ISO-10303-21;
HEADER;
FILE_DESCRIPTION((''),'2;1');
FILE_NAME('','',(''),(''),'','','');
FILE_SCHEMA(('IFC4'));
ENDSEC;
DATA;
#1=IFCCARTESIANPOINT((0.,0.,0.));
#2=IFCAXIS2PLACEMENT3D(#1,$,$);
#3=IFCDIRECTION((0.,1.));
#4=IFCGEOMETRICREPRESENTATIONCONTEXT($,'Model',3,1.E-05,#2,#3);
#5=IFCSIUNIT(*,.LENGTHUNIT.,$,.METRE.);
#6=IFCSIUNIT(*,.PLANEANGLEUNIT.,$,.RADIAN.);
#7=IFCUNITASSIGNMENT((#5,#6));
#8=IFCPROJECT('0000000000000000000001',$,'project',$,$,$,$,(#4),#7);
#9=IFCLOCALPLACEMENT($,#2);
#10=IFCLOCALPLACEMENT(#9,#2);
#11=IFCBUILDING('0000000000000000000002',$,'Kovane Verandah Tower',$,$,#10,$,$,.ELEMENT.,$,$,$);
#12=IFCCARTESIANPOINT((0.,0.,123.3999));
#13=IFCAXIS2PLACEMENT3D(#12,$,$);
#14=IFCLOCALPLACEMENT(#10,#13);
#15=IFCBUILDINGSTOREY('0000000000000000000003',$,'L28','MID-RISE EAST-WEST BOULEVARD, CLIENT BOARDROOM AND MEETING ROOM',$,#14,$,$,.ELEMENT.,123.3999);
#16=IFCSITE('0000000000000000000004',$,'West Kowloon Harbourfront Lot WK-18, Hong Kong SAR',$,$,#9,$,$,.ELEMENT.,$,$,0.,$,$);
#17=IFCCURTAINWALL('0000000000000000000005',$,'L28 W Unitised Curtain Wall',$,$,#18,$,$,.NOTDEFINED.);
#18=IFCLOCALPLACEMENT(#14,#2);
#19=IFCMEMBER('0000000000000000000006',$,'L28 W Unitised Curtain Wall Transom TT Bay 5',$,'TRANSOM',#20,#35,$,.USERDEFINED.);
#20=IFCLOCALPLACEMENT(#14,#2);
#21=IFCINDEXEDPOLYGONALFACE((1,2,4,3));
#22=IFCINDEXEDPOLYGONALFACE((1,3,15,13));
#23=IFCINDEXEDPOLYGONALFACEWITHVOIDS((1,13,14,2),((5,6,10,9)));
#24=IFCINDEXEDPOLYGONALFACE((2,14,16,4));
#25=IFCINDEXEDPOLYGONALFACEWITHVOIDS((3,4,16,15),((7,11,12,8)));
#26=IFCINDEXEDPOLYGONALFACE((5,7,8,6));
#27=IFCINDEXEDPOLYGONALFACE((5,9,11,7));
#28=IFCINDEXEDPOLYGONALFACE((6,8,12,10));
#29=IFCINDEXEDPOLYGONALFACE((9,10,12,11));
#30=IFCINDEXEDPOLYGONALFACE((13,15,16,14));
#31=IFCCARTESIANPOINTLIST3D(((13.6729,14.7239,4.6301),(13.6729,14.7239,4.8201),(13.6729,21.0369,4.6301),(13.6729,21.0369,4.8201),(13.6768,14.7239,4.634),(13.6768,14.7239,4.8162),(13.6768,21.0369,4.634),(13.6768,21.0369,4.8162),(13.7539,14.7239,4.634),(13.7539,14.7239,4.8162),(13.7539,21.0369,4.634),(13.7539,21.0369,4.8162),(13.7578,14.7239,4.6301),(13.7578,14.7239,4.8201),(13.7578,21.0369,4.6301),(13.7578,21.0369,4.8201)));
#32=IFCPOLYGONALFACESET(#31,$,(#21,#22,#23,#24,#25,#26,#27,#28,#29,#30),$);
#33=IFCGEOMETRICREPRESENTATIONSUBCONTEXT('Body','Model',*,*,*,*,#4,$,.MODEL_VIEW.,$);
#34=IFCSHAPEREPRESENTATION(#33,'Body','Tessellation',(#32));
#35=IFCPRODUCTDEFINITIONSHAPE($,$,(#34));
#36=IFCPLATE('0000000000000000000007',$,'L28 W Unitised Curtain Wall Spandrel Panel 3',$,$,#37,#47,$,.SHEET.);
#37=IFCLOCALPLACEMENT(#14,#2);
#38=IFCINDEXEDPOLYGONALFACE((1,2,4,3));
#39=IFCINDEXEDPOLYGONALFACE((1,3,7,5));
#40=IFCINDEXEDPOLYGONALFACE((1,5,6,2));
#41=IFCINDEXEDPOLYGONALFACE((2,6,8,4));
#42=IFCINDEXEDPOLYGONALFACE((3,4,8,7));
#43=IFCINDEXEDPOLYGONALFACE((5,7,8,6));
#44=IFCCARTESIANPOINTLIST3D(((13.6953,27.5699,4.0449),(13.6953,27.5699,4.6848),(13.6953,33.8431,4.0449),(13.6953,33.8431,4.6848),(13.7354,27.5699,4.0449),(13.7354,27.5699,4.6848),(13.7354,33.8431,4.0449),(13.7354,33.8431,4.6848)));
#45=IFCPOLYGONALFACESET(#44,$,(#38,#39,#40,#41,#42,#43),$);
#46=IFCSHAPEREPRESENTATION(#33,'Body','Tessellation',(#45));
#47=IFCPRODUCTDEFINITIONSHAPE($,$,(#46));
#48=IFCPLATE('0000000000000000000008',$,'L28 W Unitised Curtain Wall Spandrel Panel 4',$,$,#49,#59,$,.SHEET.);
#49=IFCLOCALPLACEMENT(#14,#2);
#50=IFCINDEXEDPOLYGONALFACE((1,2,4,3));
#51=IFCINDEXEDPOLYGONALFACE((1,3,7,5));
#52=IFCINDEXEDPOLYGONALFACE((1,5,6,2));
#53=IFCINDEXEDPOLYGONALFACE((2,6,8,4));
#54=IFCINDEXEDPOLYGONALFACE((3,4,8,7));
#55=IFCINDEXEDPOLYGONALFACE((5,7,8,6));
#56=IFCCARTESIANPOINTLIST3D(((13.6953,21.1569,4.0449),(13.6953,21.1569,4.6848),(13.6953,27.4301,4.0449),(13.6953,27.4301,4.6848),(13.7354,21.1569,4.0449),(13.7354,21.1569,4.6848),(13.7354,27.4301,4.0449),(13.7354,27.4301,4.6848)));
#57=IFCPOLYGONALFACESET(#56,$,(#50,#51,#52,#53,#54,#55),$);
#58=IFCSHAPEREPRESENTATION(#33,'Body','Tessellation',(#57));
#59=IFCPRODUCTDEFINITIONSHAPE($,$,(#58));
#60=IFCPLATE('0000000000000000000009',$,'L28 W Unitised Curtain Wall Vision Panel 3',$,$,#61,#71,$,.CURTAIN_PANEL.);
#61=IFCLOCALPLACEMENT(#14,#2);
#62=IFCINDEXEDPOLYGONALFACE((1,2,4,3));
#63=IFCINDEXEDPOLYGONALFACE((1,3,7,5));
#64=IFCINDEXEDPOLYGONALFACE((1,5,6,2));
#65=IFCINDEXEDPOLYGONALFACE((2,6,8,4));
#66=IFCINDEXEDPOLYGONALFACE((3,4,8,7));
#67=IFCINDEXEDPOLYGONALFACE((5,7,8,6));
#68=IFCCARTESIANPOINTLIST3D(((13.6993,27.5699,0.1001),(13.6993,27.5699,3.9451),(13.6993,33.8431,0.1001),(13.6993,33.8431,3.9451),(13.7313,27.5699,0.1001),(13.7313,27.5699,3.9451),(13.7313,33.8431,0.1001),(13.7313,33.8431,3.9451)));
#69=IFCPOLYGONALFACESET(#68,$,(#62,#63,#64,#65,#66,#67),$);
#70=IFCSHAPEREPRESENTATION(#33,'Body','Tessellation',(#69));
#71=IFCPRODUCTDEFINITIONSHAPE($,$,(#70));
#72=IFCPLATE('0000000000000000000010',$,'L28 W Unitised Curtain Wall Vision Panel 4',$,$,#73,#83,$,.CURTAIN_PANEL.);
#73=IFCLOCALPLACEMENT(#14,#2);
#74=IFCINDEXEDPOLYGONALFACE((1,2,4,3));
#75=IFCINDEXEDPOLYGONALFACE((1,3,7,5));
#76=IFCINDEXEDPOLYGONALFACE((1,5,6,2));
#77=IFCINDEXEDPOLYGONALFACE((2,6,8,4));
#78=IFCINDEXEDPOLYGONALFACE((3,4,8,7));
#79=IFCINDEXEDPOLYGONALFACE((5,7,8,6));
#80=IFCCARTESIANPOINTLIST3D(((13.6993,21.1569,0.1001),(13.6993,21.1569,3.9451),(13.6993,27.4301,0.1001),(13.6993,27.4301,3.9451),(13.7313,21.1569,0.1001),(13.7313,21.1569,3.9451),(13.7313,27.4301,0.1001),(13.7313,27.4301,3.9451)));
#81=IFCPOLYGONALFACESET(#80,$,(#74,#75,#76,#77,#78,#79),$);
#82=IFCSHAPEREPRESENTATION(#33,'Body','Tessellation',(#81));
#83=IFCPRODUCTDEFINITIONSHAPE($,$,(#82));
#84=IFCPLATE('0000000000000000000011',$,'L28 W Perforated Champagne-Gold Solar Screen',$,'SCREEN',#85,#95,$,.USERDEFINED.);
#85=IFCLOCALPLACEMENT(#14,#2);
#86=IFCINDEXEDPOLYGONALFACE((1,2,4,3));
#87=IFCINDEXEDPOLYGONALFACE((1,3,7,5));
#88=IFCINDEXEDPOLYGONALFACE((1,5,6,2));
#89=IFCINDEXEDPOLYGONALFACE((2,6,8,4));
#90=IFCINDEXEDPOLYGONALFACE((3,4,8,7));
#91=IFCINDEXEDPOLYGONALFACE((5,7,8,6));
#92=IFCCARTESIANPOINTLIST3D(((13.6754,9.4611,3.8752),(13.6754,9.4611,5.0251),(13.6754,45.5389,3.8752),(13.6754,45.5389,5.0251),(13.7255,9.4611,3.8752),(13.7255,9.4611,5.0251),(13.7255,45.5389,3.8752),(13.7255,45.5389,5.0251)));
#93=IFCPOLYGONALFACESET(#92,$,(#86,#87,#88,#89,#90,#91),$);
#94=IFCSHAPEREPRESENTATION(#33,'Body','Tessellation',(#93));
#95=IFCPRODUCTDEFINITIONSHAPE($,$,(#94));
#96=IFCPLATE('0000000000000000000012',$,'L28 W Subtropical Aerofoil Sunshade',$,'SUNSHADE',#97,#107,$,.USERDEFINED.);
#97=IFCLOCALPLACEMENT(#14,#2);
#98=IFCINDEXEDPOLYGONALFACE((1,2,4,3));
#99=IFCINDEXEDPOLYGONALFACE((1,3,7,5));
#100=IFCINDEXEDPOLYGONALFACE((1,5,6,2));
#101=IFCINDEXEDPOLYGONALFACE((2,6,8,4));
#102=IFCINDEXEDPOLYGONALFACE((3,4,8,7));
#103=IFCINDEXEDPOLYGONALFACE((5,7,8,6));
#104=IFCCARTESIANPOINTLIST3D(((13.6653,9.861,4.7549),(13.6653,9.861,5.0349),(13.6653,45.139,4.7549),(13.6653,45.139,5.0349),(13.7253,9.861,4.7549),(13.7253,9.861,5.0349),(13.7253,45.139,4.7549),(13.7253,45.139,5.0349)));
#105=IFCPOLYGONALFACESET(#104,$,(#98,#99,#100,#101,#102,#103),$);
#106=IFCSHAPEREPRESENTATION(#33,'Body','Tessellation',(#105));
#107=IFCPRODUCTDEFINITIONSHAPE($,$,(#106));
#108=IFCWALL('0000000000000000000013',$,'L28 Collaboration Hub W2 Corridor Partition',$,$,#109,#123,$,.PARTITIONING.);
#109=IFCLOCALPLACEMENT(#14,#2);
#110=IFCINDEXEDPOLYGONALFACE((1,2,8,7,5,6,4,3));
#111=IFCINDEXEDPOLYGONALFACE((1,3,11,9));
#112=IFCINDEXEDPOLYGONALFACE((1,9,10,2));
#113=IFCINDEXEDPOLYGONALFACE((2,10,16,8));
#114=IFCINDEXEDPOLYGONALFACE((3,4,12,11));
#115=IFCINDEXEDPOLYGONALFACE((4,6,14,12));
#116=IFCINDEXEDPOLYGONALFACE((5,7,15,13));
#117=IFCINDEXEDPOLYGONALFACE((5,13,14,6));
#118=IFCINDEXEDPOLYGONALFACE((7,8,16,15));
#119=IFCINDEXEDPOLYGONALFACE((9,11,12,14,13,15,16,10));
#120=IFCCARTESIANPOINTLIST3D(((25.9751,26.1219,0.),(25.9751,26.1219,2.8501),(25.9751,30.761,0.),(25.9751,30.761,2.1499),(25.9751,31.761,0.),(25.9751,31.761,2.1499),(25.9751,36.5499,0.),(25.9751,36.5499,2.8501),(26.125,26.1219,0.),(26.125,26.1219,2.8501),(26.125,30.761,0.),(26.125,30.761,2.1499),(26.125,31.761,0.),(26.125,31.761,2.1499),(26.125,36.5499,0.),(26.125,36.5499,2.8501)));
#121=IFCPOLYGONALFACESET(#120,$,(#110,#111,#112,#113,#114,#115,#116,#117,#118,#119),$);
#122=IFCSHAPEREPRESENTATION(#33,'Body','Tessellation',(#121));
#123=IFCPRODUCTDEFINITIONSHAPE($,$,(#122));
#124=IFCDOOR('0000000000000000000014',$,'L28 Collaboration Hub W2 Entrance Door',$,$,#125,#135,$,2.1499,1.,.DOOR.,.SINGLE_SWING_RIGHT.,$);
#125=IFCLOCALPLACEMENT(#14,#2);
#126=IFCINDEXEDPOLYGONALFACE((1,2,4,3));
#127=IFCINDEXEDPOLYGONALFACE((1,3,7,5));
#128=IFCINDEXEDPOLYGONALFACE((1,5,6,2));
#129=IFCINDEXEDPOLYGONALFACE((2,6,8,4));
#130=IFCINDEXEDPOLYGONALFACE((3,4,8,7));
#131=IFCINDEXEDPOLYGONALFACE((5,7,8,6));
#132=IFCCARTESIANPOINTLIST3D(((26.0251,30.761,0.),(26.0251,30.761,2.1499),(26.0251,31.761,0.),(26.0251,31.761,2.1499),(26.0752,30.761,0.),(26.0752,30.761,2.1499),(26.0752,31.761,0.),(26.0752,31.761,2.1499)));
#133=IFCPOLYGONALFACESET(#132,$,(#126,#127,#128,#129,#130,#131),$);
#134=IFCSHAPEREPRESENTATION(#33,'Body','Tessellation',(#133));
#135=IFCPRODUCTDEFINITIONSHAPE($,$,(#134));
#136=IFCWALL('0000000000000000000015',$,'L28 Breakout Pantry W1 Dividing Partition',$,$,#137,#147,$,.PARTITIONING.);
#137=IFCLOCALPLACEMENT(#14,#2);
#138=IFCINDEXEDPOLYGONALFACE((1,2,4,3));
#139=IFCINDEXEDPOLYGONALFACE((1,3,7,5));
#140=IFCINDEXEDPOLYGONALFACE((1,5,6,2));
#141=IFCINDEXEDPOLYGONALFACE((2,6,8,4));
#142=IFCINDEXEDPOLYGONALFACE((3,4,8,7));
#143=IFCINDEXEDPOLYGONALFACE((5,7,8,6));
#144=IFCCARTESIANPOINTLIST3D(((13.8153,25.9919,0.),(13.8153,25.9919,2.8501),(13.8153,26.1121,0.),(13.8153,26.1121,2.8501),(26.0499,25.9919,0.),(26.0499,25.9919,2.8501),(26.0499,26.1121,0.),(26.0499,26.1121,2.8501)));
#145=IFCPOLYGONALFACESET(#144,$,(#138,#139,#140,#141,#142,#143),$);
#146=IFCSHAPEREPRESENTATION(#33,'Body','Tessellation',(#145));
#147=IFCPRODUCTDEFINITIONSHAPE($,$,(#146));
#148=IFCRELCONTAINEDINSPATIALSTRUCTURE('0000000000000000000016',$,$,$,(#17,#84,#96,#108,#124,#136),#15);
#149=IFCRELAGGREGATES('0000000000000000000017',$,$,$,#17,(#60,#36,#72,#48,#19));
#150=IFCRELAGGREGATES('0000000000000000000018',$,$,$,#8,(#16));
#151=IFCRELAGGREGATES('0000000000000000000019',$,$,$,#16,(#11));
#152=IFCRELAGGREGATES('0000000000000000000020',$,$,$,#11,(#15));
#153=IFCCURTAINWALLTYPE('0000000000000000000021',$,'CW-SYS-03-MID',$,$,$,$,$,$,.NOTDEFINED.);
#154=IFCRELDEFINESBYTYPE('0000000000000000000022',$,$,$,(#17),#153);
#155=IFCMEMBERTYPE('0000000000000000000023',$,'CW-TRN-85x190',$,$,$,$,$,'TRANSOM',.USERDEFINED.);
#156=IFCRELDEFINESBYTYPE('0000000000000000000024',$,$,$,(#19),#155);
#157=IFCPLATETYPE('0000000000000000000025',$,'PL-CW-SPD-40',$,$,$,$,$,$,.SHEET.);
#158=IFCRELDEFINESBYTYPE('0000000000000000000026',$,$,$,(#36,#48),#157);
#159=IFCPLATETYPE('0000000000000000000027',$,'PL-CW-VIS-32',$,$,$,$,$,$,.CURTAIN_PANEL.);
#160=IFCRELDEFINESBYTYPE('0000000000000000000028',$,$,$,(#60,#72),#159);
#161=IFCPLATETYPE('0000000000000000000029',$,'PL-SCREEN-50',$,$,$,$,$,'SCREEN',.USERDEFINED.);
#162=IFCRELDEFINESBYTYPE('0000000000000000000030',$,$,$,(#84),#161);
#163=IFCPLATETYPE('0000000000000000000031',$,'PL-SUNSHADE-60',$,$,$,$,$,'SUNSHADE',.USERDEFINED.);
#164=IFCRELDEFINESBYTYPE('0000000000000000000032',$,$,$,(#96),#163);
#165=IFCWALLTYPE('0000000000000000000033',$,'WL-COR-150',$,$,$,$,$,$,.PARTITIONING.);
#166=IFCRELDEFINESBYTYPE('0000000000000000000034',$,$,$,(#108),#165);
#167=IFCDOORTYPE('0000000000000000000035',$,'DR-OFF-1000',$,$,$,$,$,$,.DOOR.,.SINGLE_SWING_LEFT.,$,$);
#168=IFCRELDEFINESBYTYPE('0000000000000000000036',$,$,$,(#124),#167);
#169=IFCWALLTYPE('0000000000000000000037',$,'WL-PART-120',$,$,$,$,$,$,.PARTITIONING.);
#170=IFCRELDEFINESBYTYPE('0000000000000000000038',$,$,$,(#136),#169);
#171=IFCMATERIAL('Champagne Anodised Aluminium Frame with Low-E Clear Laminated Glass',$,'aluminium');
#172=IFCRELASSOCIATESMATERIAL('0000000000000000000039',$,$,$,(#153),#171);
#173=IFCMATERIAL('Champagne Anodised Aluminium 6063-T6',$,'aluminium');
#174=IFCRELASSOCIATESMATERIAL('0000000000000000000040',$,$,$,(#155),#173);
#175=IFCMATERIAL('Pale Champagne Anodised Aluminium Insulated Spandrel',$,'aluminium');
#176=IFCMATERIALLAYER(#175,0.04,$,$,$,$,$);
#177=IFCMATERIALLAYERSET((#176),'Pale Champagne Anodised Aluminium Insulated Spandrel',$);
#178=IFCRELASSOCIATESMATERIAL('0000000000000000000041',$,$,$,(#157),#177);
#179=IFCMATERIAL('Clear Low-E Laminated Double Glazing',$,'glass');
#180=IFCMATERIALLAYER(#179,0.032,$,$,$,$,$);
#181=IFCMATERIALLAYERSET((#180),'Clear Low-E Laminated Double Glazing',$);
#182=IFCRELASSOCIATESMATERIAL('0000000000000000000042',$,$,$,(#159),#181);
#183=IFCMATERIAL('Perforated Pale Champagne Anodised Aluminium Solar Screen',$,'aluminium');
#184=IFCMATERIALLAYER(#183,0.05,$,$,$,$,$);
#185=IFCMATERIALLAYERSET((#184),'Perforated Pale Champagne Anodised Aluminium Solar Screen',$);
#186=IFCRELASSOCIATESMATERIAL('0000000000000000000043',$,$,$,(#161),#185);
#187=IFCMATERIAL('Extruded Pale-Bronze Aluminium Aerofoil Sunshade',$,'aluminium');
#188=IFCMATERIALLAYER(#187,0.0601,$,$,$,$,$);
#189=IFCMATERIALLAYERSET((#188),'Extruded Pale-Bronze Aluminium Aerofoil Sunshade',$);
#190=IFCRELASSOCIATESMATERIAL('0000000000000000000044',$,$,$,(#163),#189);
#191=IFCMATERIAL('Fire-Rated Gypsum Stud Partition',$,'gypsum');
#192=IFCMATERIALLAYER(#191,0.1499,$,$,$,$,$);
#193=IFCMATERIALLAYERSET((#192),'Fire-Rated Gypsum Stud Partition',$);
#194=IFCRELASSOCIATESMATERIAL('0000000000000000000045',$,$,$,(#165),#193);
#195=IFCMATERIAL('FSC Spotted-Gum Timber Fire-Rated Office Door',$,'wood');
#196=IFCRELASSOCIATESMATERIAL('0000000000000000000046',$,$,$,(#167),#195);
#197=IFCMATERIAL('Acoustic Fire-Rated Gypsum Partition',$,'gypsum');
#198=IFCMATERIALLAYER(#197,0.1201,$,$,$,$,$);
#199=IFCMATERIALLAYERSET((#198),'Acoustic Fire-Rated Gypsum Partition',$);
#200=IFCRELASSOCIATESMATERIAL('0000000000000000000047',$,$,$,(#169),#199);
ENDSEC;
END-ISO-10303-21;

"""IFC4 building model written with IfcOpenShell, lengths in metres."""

from ifc_helpers import new_model, si_unit, direction, frame, frame_2d, origin, origin_2d, place, context, subcontext, project, spatial, rectangle, hollow_rectangle, extrude, material, layer, layer_set, material_profile, profile_set, type_object, element, fill, aggregate, save


model = new_model("IFC4")

# Units and contexts
model_context = context("Model", 3, precision=1e-05, world=origin(), true_north=direction((0.0, 1.0)))
body_context = subcontext(model_context, "Body", "Model", "MODEL_VIEW")
ifc_project = project(units=[si_unit("LENGTHUNIT", "METRE"), si_unit("PLANEANGLEUNIT", "RADIAN")], contexts=[model_context])

# Site, building, storey
site_placement = place(None, origin())
site = spatial("IfcSite", under=ifc_project, at=site_placement, Name="West Kowloon Harbourfront Lot WK-18, Hong Kong SAR", CompositionType="ELEMENT", RefElevation=0.0)
building_placement = place(site_placement, origin())
building = spatial("IfcBuilding", under=site, at=building_placement, Name="Kovane Verandah Tower", CompositionType="ELEMENT")
storey_placement = place(building_placement, frame((0.0, 0.0, 123.3999)))
storey = spatial("IfcBuildingStorey", under=building, at=storey_placement, Name="L28", Description="MID-RISE EAST-WEST BOULEVARD, CLIENT BOARDROOM AND MEETING ROOM", CompositionType="ELEMENT", Elevation=123.3999)

# Curtain wall, member, plates
ifc_material_1 = material(Name="Champagne Anodised Aluminium Frame with Low-E Clear Laminated Glass", Category="aluminium")
curtain_wall_type = type_object("IfcCurtainWallType", Name="CW-SYS-03-MID", PredefinedType="NOTDEFINED", material=ifc_material_1)
curtain_wall_placement = place(storey_placement, origin())
curtain_wall = element("IfcCurtainWall", 1, at=curtain_wall_placement, inside=storey, type_object=curtain_wall_type, Name="L28 W Unitised Curtain Wall", PredefinedType="NOTDEFINED")
ifc_material_2 = material(Name="Champagne Anodised Aluminium 6063-T6", Category="aluminium")
ifc_material_profile_1 = material_profile(ifc_material_2, hollow_rectangle(XDim=0.085, YDim=0.1899, WallThickness=0.0039, at=origin_2d()), Name="AL85x190x4")
ifc_profile_set_1 = profile_set([ifc_material_profile_1], Name="Champagne Anodised Aluminium 6063-T6")
member_type_1 = type_object("IfcMemberType", Name="CW-TRN-85x190", ElementType="TRANSOM", PredefinedType="USERDEFINED", material=ifc_profile_set_1)
member_1_placement = place(storey_placement, frame((13.7153, 21.0369, 4.7251), z_axis=(0.0, -1.0, 0.0), x_axis=(1.0, 0.0, 0.0)))
member_1 = element("IfcMember", 2, at=member_1_placement, type_object=member_type_1, Name="L28 W Unitised Curtain Wall Transom TT Bay 5", ObjectType="TRANSOM", PredefinedType="USERDEFINED", context=body_context, shape_type="SweptSolid", body=[
    extrude(hollow_rectangle(XDim=0.085, YDim=0.1899, WallThickness=0.0039, at=origin_2d()), origin(), (0.0, 0.0, 1.0), 6.313),
])
ifc_material_3 = material(Name="Pale Champagne Anodised Aluminium Insulated Spandrel", Category="aluminium")
ifc_layer_1 = layer(ifc_material_3, 0.04)
ifc_layer_set_1 = layer_set([ifc_layer_1], Name="Pale Champagne Anodised Aluminium Insulated Spandrel")
plate_type_1 = type_object("IfcPlateType", Name="PL-CW-SPD-40", PredefinedType="SHEET", material=ifc_layer_set_1)
plate_1_placement = place(storey_placement, frame((13.7153, 30.7065, 4.0449), z_axis=(0.0, 0.0, 1.0), x_axis=(0.0, -1.0, 0.0)))
plate_1 = element("IfcPlate", 3, at=plate_1_placement, type_object=plate_type_1, Name="L28 W Unitised Curtain Wall Spandrel Panel 3", PredefinedType="SHEET", context=body_context, shape_type="SweptSolid", body=[
    extrude(rectangle(XDim=6.2732, YDim=0.04, at=origin_2d()), origin(), (0.0, 0.0, 1.0), 0.6399),
])
plate_2_placement = place(storey_placement, frame((13.7153, 24.2935, 4.0449), z_axis=(0.0, 0.0, 1.0), x_axis=(0.0, -1.0, 0.0)))
plate_2 = element("IfcPlate", 4, at=plate_2_placement, type_object=plate_type_1, Name="L28 W Unitised Curtain Wall Spandrel Panel 4", PredefinedType="SHEET", context=body_context, shape_type="SweptSolid", body=[
    extrude(rectangle(XDim=6.2732, YDim=0.04, at=origin_2d()), origin(), (0.0, 0.0, 1.0), 0.6399),
])
ifc_material_4 = material(Name="Clear Low-E Laminated Double Glazing", Category="glass")
ifc_layer_2 = layer(ifc_material_4, 0.032)
ifc_layer_set_2 = layer_set([ifc_layer_2], Name="Clear Low-E Laminated Double Glazing")
plate_type_2 = type_object("IfcPlateType", Name="PL-CW-VIS-32", PredefinedType="CURTAIN_PANEL", material=ifc_layer_set_2)
plate_3_placement = place(storey_placement, frame((13.7153, 30.7065, 0.1001), z_axis=(0.0, 0.0, 1.0), x_axis=(0.0, -1.0, 0.0)))
plate_3 = element("IfcPlate", 5, at=plate_3_placement, type_object=plate_type_2, Name="L28 W Unitised Curtain Wall Vision Panel 3", PredefinedType="CURTAIN_PANEL", context=body_context, shape_type="SweptSolid", body=[
    extrude(rectangle(XDim=6.2732, YDim=0.032, at=origin_2d()), origin(), (0.0, 0.0, 1.0), 3.845),
])
plate_4_placement = place(storey_placement, frame((13.7153, 24.2935, 0.1001), z_axis=(0.0, 0.0, 1.0), x_axis=(0.0, -1.0, 0.0)))
plate_4 = element("IfcPlate", 6, at=plate_4_placement, type_object=plate_type_2, Name="L28 W Unitised Curtain Wall Vision Panel 4", PredefinedType="CURTAIN_PANEL", context=body_context, shape_type="SweptSolid", body=[
    extrude(rectangle(XDim=6.2732, YDim=0.032, at=origin_2d()), origin(), (0.0, 0.0, 1.0), 3.845),
])
aggregate(curtain_wall, [plate_3, plate_1, plate_4, plate_2, member_1])

# Plates
ifc_material_5 = material(Name="Perforated Pale Champagne Anodised Aluminium Solar Screen", Category="aluminium")
ifc_layer_3 = layer(ifc_material_5, 0.05)
ifc_layer_set_3 = layer_set([ifc_layer_3], Name="Perforated Pale Champagne Anodised Aluminium Solar Screen")
plate_type_3 = type_object("IfcPlateType", Name="PL-SCREEN-50", ElementType="SCREEN", PredefinedType="USERDEFINED", material=ifc_layer_set_3)
plate_5_placement = place(storey_placement, frame((13.7004, 27.5, 3.8752), z_axis=(0.0, 0.0, 1.0), x_axis=(0.0, -1.0, 0.0)))
element("IfcPlate", 7, at=plate_5_placement, inside=storey, type_object=plate_type_3, Name="L28 W Perforated Champagne-Gold Solar Screen", ObjectType="SCREEN", PredefinedType="USERDEFINED", context=body_context, shape_type="SweptSolid", body=[
    extrude(rectangle(XDim=36.0779, YDim=0.05, at=origin_2d()), origin(), (0.0, 0.0, 1.0), 1.1499),
])
ifc_material_6 = material(Name="Extruded Pale-Bronze Aluminium Aerofoil Sunshade", Category="aluminium")
ifc_layer_4 = layer(ifc_material_6, 0.0601)
ifc_layer_set_4 = layer_set([ifc_layer_4], Name="Extruded Pale-Bronze Aluminium Aerofoil Sunshade")
plate_type_4 = type_object("IfcPlateType", Name="PL-SUNSHADE-60", ElementType="SUNSHADE", PredefinedType="USERDEFINED", material=ifc_layer_set_4)
plate_6_placement = place(storey_placement, frame((13.6953, 27.5, 4.7549), z_axis=(0.0, 0.0, 1.0), x_axis=(0.0, -1.0, 0.0)))
element("IfcPlate", 8, at=plate_6_placement, inside=storey, type_object=plate_type_4, Name="L28 W Subtropical Aerofoil Sunshade", ObjectType="SUNSHADE", PredefinedType="USERDEFINED", context=body_context, shape_type="SweptSolid", body=[
    extrude(rectangle(XDim=35.2781, YDim=0.0601, at=origin_2d()), origin(), (0.0, 0.0, 1.0), 0.28),
])

# Wall, opening, door
ifc_material_7 = material(Name="Fire-Rated Gypsum Stud Partition", Category="gypsum")
ifc_layer_5 = layer(ifc_material_7, 0.1499)
ifc_layer_set_5 = layer_set([ifc_layer_5], Name="Fire-Rated Gypsum Stud Partition")
wall_type_1 = type_object("IfcWallType", Name="WL-COR-150", PredefinedType="PARTITIONING", material=ifc_layer_set_5)
wall_1_placement = place(storey_placement, frame((26.05, 26.1221, 0.0), z_axis=(0.0, 0.0, 1.0), x_axis=(0.0, 1.0, 0.0)))
wall_1 = element("IfcWall", 9, at=wall_1_placement, inside=storey, type_object=wall_type_1, Name="L28 Collaboration Hub W2 Corridor Partition", PredefinedType="PARTITIONING", context=body_context, shape_type="SweptSolid", body=[
    extrude(rectangle(XDim=10.428, YDim=0.1499, at=frame_2d((5.2139, 0.0))), origin(), (0.0, 0.0, 1.0), 2.8501),
])
opening_placement = place(wall_1_placement, frame((4.6389, 0.0, 0.0)))
opening = element("IfcOpeningElement", 10, at=opening_placement, cuts=wall_1, PredefinedType="OPENING", context=body_context, shape_type="SweptSolid", body=[
    extrude(rectangle(XDim=1.0, YDim=2.1499, at=frame_2d((0.5, 1.075))), frame((0.0, 0.075, 0.0), z_axis=(0.0, -1.0, 0.0), x_axis=(1.0, 0.0, 0.0)), (0.0, 0.0, 1.0), 0.1499),
])
ifc_material_8 = material(Name="FSC Spotted-Gum Timber Fire-Rated Office Door", Category="wood")
door_type = type_object("IfcDoorType", Name="DR-OFF-1000", OperationType="SINGLE_SWING_LEFT", PredefinedType="DOOR", material=ifc_material_8)
door_placement = place(opening_placement, origin())
door = element("IfcDoor", 11, at=door_placement, inside=storey, type_object=door_type, Name="L28 Collaboration Hub W2 Entrance Door", OperationType="SINGLE_SWING_RIGHT", OverallHeight=2.1499, OverallWidth=1.0, PredefinedType="DOOR", context=body_context, shape_type="SweptSolid", body=[
    extrude(rectangle(XDim=1.0, YDim=2.1499, at=frame_2d((0.5, 1.075))), frame((0.0, 0.0249, 0.0), z_axis=(0.0, -1.0, 0.0), x_axis=(1.0, 0.0, 0.0)), (0.0, 0.0, 1.0), 0.05),
])
fill(opening, door)

# Wall
ifc_material_9 = material(Name="Acoustic Fire-Rated Gypsum Partition", Category="gypsum")
ifc_layer_6 = layer(ifc_material_9, 0.1201)
ifc_layer_set_6 = layer_set([ifc_layer_6], Name="Acoustic Fire-Rated Gypsum Partition")
wall_type_2 = type_object("IfcWallType", Name="WL-PART-120", PredefinedType="PARTITIONING", material=ifc_layer_set_6)
wall_2_placement = place(storey_placement, frame((13.8154, 26.052, 0.0), z_axis=(0.0, 0.0, 1.0), x_axis=(1.0, 0.0, 0.0)))
element("IfcWall", 12, at=wall_2_placement, inside=storey, type_object=wall_type_2, Name="L28 Breakout Pantry W1 Dividing Partition", PredefinedType="PARTITIONING", context=body_context, shape_type="SweptSolid", body=[
    extrude(rectangle(XDim=12.2346, YDim=0.1201, at=frame_2d((6.1172, 0.0))), origin(), (0.0, 0.0, 1.0), 2.8501),
])

save(model, "model.ifc")
